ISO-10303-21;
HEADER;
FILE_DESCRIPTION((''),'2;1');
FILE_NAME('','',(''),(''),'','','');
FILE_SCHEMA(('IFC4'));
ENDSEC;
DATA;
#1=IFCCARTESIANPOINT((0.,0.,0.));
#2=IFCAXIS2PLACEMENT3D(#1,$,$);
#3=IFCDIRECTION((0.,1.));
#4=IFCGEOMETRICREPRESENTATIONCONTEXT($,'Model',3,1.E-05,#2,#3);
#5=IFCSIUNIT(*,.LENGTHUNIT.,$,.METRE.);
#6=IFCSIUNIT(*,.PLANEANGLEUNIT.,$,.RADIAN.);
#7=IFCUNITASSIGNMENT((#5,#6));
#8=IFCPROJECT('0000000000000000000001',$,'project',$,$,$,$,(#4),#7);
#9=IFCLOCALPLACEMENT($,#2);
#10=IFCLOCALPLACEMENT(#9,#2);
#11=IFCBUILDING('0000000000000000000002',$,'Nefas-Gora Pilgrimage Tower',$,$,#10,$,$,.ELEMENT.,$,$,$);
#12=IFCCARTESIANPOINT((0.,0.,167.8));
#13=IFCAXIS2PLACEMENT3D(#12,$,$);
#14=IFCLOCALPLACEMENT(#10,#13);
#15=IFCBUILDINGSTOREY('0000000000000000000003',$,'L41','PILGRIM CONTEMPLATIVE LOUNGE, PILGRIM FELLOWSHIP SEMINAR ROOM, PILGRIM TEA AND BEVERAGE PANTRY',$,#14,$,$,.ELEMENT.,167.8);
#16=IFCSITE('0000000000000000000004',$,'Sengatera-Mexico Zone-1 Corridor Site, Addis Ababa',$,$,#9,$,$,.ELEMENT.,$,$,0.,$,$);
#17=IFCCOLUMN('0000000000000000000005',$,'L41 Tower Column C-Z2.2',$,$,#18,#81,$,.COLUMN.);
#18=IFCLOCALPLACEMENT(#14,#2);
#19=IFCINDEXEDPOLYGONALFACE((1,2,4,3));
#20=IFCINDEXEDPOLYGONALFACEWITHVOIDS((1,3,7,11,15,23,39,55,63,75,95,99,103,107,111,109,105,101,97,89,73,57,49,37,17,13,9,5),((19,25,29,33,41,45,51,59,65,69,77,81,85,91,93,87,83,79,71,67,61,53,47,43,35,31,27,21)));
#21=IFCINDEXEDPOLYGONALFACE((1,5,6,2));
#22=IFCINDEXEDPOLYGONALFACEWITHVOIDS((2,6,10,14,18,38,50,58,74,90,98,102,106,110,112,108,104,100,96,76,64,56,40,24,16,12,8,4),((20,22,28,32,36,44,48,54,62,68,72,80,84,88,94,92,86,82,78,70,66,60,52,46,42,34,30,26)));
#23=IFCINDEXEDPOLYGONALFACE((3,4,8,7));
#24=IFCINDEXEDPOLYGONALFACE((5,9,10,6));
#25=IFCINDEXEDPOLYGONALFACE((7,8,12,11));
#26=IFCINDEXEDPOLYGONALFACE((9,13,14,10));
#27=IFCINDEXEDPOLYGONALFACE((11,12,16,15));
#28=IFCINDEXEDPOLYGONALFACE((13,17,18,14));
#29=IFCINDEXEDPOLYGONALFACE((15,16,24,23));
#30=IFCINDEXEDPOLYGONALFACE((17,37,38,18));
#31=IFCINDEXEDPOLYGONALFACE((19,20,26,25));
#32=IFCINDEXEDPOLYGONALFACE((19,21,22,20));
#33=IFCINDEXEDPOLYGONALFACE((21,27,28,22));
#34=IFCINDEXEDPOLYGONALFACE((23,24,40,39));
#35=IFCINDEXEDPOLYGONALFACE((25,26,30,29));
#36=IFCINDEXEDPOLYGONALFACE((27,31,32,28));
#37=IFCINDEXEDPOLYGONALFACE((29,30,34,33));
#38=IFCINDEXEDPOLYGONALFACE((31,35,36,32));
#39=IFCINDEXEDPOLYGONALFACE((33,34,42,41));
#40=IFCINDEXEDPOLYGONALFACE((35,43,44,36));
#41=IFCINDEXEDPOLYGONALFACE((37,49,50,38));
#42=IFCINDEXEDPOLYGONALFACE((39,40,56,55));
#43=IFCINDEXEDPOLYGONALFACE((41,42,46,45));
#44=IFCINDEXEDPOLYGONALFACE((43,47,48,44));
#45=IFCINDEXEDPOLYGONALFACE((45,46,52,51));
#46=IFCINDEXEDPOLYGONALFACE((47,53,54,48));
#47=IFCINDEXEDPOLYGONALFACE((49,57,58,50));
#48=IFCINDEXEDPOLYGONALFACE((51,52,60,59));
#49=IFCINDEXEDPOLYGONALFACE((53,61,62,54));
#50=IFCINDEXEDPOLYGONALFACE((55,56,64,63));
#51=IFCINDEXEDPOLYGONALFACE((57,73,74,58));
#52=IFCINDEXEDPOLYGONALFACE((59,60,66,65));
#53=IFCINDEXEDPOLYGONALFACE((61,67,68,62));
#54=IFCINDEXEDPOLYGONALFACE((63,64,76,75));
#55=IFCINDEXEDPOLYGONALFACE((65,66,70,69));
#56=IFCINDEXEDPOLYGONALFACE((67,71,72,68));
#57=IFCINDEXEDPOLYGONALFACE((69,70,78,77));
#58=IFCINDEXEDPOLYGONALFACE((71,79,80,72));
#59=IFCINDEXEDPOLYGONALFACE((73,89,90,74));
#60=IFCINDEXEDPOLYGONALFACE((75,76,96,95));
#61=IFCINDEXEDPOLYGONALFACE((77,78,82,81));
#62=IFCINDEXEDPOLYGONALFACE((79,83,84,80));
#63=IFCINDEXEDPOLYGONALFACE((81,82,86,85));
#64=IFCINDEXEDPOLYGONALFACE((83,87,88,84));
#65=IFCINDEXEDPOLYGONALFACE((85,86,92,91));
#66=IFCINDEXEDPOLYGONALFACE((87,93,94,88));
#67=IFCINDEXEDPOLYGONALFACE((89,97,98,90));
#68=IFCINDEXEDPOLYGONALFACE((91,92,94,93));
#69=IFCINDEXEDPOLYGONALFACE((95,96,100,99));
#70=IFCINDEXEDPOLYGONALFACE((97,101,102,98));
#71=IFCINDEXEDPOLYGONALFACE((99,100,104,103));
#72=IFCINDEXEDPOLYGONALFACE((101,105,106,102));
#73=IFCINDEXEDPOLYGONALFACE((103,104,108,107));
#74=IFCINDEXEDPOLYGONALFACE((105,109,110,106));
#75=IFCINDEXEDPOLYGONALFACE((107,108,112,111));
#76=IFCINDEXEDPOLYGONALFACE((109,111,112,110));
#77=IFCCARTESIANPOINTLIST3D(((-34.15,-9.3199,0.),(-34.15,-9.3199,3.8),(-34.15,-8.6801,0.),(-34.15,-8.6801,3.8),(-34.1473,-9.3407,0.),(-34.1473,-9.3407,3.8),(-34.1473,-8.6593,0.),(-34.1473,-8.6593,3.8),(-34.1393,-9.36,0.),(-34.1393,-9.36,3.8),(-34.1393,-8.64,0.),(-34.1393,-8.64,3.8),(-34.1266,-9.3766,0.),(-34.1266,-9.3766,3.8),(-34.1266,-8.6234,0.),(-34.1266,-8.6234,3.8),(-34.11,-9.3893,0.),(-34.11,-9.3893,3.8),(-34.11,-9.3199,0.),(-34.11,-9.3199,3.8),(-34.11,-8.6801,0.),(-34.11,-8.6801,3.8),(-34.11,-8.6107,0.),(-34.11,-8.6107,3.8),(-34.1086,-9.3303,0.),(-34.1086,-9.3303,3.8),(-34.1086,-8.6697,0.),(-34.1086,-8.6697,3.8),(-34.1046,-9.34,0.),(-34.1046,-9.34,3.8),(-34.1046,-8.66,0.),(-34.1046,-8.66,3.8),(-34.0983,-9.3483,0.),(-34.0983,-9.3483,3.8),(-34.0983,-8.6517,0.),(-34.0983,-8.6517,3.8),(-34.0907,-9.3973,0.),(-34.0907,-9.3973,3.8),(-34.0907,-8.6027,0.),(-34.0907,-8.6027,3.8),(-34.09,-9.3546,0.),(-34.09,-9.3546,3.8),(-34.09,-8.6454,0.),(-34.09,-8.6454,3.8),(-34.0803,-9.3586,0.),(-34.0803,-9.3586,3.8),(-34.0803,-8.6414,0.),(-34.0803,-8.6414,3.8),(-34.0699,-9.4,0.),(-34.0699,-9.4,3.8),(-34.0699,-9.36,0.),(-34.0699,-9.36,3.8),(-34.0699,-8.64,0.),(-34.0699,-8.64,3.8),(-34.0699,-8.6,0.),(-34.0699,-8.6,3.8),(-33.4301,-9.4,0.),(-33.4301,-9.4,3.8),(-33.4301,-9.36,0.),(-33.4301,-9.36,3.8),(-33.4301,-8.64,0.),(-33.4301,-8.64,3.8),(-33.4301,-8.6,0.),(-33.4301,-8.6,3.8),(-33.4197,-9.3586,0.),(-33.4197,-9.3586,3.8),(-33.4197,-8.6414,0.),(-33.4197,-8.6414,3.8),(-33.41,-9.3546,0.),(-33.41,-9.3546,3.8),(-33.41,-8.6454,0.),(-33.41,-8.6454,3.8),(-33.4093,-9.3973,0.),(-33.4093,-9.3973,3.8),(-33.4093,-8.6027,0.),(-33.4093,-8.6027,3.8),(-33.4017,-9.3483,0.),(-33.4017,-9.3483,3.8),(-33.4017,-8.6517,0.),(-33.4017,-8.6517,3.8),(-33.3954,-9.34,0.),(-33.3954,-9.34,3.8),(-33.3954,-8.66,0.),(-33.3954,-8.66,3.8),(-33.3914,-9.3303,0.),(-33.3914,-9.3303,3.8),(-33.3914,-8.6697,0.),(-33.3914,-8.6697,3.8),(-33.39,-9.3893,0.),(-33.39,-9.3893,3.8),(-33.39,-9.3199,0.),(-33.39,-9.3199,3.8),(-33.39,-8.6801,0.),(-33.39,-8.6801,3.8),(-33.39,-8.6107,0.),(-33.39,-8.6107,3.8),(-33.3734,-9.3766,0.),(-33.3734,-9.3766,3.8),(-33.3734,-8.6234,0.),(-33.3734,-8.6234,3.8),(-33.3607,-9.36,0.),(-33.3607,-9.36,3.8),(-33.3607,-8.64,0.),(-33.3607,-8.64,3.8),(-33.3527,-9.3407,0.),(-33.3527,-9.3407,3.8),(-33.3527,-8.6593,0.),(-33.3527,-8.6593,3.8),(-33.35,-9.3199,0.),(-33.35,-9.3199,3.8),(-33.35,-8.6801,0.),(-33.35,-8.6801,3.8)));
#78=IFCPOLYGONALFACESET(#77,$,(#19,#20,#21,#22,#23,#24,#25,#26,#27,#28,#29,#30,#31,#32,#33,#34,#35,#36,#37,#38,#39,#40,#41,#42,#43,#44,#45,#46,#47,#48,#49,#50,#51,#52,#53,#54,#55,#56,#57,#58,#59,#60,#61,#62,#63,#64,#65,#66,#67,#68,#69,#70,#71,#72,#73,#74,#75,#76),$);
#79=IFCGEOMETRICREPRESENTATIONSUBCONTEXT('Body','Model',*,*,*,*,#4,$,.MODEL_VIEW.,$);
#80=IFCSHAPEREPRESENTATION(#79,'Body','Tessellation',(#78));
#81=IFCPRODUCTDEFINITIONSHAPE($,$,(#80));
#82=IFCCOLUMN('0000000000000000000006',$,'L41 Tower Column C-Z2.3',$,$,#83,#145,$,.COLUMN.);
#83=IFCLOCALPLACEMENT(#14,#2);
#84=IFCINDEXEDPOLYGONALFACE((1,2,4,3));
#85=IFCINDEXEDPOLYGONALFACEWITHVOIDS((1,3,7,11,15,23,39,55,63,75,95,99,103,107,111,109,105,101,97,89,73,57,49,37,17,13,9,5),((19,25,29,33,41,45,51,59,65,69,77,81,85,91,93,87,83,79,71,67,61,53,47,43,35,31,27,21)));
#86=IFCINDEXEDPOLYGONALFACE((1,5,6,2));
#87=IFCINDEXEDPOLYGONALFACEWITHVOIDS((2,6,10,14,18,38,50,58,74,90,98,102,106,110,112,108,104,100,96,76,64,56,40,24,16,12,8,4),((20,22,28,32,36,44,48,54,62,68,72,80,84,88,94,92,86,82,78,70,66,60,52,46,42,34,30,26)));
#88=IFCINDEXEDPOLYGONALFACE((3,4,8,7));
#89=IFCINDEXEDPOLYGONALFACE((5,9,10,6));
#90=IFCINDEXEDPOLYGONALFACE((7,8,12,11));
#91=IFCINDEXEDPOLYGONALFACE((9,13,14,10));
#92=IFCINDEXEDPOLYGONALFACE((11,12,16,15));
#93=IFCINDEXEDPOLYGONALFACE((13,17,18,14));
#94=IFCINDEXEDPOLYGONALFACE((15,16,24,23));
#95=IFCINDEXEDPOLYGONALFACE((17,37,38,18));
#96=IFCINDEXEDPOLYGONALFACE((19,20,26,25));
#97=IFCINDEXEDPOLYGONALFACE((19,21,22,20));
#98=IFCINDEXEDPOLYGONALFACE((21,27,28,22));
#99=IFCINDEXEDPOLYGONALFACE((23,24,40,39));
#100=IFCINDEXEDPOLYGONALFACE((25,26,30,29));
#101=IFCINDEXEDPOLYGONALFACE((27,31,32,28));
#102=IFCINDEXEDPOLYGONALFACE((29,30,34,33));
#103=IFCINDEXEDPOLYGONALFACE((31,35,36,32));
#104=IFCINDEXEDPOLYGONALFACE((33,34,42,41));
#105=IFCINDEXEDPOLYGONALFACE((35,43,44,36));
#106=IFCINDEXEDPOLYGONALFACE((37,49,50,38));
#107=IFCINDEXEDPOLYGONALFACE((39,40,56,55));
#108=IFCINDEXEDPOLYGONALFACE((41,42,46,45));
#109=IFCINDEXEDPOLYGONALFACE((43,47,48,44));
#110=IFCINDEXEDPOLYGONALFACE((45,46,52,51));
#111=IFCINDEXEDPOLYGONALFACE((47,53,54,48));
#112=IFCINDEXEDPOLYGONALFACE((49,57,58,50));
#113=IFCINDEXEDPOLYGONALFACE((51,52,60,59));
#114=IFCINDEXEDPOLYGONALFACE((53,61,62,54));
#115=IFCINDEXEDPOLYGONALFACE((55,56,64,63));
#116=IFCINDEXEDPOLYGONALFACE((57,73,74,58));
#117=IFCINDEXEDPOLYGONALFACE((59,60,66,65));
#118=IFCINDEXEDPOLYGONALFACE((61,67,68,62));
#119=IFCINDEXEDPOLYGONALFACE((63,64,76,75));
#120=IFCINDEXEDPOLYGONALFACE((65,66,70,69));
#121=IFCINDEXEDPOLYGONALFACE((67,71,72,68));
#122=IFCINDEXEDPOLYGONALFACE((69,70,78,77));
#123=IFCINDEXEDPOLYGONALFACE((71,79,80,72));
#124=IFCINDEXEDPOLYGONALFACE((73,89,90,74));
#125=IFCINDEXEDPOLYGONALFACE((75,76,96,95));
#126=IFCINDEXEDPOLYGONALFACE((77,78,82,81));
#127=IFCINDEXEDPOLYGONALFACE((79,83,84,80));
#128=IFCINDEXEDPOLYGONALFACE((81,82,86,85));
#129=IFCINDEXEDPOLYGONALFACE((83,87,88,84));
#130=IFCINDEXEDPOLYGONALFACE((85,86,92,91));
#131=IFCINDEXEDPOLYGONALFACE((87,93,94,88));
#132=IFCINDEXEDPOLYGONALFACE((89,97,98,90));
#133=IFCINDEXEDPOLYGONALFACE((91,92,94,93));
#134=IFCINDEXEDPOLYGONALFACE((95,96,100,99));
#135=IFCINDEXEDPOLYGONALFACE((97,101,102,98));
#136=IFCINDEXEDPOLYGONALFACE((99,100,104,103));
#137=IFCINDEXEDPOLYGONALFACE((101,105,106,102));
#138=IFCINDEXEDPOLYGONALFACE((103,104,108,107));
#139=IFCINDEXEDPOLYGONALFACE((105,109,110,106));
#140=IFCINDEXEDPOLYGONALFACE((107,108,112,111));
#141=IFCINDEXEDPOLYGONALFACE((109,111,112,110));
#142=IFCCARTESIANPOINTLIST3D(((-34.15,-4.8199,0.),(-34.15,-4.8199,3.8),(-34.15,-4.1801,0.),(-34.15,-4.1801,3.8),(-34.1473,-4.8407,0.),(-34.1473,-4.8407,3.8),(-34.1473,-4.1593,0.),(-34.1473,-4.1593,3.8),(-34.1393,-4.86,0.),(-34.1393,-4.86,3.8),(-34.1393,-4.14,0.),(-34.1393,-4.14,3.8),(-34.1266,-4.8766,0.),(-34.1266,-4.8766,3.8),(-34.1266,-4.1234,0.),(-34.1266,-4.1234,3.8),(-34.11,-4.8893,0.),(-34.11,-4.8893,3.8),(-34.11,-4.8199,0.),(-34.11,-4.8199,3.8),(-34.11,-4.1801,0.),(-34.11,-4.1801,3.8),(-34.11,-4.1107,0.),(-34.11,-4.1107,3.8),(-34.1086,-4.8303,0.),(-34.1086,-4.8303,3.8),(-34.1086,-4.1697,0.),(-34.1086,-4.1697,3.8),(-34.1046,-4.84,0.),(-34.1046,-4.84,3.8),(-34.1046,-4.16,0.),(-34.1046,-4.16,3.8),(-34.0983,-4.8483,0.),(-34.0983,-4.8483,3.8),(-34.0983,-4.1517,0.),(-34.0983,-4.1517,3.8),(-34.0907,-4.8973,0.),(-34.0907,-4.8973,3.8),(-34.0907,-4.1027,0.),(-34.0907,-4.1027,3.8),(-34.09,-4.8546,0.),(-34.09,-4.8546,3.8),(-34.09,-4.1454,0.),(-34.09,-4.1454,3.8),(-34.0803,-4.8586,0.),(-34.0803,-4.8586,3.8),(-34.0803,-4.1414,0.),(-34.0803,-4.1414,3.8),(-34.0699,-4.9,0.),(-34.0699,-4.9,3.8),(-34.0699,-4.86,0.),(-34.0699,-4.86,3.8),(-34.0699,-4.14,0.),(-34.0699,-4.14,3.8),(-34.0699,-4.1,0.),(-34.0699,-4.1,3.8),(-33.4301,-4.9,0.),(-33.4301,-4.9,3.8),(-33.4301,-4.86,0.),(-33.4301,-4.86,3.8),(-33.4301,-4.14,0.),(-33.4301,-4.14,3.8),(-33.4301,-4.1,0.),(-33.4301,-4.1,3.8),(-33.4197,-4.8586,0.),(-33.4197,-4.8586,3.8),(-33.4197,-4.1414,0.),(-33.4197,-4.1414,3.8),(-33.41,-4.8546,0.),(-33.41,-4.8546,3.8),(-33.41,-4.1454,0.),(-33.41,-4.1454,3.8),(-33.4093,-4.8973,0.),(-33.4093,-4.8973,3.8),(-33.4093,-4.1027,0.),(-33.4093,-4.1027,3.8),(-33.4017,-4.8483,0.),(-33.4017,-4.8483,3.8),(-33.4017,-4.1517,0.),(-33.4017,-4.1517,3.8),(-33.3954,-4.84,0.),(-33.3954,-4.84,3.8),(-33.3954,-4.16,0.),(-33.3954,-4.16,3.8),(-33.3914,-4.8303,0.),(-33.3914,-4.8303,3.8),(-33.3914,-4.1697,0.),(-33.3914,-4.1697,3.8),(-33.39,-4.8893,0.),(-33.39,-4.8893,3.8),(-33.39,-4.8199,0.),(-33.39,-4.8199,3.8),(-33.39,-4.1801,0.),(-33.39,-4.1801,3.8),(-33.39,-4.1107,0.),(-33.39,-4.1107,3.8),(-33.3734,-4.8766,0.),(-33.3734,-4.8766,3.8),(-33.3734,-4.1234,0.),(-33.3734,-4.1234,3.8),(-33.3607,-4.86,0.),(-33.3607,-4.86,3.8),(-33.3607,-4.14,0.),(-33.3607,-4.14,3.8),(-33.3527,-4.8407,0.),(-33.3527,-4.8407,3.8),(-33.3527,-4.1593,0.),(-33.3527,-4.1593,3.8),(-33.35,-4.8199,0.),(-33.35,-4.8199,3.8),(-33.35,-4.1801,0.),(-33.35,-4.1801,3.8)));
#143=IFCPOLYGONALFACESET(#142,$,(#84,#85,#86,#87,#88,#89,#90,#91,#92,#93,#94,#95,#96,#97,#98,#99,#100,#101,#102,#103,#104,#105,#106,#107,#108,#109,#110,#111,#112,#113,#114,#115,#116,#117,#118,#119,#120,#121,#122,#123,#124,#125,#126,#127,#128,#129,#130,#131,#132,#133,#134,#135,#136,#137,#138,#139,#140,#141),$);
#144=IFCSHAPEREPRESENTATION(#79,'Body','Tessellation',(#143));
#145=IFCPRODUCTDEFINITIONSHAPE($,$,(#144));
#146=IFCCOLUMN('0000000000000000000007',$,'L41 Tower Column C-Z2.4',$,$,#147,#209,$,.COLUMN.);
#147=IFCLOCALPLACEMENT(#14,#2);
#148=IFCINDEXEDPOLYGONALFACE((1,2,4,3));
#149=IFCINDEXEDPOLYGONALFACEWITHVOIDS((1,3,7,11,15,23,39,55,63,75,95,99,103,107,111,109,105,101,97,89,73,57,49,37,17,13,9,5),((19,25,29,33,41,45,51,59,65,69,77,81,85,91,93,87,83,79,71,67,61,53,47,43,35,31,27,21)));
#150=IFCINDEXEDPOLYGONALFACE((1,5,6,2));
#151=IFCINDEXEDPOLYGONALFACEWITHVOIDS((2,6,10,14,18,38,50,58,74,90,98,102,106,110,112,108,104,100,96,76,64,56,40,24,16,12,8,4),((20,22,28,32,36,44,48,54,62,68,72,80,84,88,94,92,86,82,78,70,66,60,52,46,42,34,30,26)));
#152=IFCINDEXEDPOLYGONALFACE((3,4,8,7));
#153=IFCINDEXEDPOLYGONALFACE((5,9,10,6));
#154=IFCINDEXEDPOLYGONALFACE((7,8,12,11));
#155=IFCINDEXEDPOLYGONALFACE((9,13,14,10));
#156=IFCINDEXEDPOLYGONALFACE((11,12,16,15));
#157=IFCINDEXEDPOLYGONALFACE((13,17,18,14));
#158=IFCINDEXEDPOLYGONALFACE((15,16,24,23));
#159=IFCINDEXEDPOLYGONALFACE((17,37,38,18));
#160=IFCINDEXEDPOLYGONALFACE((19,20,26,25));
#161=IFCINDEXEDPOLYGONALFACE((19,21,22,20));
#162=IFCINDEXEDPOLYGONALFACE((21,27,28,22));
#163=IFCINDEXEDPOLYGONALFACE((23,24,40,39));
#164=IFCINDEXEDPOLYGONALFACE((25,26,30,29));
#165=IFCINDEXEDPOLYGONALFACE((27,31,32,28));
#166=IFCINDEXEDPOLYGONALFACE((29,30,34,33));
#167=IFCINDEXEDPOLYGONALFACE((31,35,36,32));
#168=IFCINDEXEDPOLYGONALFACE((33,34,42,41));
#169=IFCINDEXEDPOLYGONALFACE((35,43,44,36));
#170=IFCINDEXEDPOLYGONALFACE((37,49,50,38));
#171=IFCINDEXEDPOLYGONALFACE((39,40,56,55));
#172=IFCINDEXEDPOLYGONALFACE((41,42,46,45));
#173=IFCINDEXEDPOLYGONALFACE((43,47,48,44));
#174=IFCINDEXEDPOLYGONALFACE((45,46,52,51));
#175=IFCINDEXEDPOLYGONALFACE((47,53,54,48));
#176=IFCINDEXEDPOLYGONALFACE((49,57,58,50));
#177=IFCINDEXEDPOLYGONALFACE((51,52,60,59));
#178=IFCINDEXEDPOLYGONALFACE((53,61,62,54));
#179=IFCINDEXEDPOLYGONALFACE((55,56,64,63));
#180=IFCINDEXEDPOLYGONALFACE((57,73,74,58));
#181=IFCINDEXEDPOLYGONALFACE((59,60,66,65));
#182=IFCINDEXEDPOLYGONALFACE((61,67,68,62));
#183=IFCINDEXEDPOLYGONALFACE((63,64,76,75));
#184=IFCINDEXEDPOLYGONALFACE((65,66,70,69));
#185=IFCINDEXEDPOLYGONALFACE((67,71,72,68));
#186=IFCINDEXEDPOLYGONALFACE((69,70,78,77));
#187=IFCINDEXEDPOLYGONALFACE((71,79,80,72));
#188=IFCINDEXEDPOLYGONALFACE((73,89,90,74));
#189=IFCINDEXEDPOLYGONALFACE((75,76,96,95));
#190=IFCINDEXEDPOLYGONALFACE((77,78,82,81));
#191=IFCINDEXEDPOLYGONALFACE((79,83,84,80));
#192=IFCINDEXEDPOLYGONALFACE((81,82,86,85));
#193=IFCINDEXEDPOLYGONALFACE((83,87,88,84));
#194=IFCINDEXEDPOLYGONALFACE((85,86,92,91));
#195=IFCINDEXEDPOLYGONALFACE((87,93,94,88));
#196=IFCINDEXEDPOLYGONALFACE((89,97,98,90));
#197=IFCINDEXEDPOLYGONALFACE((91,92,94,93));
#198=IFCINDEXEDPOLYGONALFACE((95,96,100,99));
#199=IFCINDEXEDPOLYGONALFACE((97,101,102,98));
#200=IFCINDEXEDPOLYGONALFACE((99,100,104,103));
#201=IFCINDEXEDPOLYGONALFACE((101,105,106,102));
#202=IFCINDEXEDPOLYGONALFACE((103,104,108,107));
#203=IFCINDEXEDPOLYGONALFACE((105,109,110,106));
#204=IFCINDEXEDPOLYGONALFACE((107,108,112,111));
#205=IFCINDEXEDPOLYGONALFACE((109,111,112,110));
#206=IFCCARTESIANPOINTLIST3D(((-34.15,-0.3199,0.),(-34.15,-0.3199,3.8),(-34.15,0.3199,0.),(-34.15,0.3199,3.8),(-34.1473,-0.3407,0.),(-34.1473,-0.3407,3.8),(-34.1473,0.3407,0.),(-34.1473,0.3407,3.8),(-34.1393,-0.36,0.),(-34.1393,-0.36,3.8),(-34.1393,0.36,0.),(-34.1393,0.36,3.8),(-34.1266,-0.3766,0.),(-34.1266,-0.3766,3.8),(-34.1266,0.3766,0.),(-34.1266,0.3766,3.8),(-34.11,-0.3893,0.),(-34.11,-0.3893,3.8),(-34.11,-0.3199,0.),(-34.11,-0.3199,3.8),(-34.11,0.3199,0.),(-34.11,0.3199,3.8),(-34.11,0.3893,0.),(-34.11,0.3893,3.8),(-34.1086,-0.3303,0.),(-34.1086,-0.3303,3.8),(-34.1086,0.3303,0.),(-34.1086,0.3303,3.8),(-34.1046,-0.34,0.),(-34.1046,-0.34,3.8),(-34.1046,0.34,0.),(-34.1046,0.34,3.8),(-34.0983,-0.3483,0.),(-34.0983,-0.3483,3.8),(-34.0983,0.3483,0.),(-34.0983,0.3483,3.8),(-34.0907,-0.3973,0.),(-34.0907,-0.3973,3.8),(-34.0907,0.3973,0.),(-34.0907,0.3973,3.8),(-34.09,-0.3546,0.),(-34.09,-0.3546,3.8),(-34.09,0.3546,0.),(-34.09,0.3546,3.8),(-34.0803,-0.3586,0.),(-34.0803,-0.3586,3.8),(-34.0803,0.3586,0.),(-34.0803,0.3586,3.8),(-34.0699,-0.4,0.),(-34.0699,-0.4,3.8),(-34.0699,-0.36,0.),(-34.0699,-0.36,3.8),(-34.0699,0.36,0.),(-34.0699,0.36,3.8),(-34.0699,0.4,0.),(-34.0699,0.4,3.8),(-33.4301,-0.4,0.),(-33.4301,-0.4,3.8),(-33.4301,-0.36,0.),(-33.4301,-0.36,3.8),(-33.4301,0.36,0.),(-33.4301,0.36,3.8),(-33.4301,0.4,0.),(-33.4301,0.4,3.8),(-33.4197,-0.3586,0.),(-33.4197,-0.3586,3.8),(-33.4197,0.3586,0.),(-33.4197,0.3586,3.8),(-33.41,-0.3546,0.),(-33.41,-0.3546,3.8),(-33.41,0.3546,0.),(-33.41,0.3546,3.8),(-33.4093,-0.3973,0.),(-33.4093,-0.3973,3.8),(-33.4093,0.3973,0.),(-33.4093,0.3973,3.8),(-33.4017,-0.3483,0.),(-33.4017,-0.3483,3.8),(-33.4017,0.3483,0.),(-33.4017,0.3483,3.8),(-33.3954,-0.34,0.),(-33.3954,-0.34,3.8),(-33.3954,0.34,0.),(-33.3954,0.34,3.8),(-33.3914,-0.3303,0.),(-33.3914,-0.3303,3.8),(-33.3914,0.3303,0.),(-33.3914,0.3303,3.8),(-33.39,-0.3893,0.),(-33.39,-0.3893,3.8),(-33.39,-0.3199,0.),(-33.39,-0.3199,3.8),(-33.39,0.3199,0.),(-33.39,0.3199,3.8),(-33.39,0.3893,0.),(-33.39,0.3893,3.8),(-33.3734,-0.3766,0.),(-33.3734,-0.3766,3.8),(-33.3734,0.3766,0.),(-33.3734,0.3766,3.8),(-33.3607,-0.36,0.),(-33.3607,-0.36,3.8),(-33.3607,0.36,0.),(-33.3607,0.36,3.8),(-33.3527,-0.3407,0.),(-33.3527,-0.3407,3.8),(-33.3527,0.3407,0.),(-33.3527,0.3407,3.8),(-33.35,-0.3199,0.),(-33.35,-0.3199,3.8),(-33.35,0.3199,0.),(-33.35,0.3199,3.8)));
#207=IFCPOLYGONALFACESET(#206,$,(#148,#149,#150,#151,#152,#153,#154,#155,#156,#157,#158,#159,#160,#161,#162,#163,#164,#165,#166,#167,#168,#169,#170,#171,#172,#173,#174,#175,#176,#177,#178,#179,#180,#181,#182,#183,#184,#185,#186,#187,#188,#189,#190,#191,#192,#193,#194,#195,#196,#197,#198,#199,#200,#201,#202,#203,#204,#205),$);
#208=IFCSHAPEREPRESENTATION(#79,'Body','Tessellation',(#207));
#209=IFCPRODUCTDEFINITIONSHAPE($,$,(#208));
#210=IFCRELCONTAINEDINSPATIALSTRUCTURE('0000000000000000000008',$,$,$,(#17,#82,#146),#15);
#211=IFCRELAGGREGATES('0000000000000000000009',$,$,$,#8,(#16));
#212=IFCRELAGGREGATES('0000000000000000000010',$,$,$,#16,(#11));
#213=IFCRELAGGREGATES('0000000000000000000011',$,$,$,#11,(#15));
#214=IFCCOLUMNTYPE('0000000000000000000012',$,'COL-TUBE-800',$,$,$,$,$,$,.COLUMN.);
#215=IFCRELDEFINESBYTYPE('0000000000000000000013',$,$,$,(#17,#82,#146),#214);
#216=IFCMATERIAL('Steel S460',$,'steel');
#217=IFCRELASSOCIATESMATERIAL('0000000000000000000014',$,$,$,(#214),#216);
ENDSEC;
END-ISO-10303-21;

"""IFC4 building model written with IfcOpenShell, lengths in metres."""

from ifc_helpers import new_model, si_unit, direction, frame, origin, origin_2d, place, context, subcontext, project, spatial, hollow_rectangle, extrude, source, transform, mapped, material, material_profile, profile_set, type_object, element, save


model = new_model("IFC4")

# Units and contexts
model_context = context("Model", 3, precision=1e-05, world=origin(), true_north=direction((0.0, 1.0)))
body_context = subcontext(model_context, "Body", "Model", "MODEL_VIEW")
ifc_project = project(units=[si_unit("LENGTHUNIT", "METRE"), si_unit("PLANEANGLEUNIT", "RADIAN")], contexts=[model_context])

# Site, building, storey
site_placement = place(None, origin())
site = spatial("IfcSite", under=ifc_project, at=site_placement, Name="Sengatera-Mexico Zone-1 Corridor Site, Addis Ababa", CompositionType="ELEMENT", RefElevation=0.0)
building_placement = place(site_placement, origin())
building = spatial("IfcBuilding", under=site, at=building_placement, Name="Nefas-Gora Pilgrimage Tower", CompositionType="ELEMENT")
storey_placement = place(building_placement, frame((0.0, 0.0, 167.8)))
storey = spatial("IfcBuildingStorey", under=building, at=storey_placement, Name="L41", Description="PILGRIM CONTEMPLATIVE LOUNGE, PILGRIM FELLOWSHIP SEMINAR ROOM, PILGRIM TEA AND BEVERAGE PANTRY", CompositionType="ELEMENT", Elevation=167.8)

# Columns
ifc_material_1 = material(Name="Steel S460", Category="steel")
ifc_material_profile_1 = material_profile(ifc_material_1, hollow_rectangle(XDim=0.8, YDim=0.8, WallThickness=0.04, InnerFilletRadius=0.04, OuterFilletRadius=0.0801, at=origin_2d()), Name="BOX 800x800x40")
ifc_profile_set_1 = profile_set([ifc_material_profile_1], Name="Steel S460")
column_type_1 = type_object("IfcColumnType", Name="COL-TUBE-800", PredefinedType="COLUMN", material=ifc_profile_set_1)
shared_shape_1 = source(origin(), body_context, "Body", "SweptSolid", [
    extrude(hollow_rectangle(XDim=0.8, YDim=0.8, WallThickness=0.04, InnerFilletRadius=0.04, OuterFilletRadius=0.0801, at=origin_2d()), origin(), (0.0, 0.0, 1.0), 3.8),
])
for number, where, z_axis, x_axis, name in (
    (1, (-33.75, -9.0, 0.0), (0.0, 0.0, 1.0), (1.0, 0.0, 0.0), "L41 Tower Column C-Z2.2"),
    (2, (-33.75, -4.5, 0.0), (0.0, 0.0, 1.0), (1.0, 0.0, 0.0), "L41 Tower Column C-Z2.3"),
    (3, (-33.75, 0.0, 0.0), (0.0, 0.0, 1.0), (1.0, 0.0, 0.0), "L41 Tower Column C-Z2.4"),
):
    element("IfcColumn", number, at=place(storey_placement, frame(where, z_axis=z_axis, x_axis=x_axis)), inside=storey, type_object=column_type_1, Name=name, PredefinedType="COLUMN", context=body_context, shape_type="MappedRepresentation", body=[
        mapped(shared_shape_1, transform((0.0, 0.0, 0.0), x_axis=(1.0, 0.0, 0.0), y_axis=(0.0, 1.0, 0.0), z_axis=(0.0, 0.0, 1.0), scale=1.0)),
    ])

save(model, "model.ifc")
